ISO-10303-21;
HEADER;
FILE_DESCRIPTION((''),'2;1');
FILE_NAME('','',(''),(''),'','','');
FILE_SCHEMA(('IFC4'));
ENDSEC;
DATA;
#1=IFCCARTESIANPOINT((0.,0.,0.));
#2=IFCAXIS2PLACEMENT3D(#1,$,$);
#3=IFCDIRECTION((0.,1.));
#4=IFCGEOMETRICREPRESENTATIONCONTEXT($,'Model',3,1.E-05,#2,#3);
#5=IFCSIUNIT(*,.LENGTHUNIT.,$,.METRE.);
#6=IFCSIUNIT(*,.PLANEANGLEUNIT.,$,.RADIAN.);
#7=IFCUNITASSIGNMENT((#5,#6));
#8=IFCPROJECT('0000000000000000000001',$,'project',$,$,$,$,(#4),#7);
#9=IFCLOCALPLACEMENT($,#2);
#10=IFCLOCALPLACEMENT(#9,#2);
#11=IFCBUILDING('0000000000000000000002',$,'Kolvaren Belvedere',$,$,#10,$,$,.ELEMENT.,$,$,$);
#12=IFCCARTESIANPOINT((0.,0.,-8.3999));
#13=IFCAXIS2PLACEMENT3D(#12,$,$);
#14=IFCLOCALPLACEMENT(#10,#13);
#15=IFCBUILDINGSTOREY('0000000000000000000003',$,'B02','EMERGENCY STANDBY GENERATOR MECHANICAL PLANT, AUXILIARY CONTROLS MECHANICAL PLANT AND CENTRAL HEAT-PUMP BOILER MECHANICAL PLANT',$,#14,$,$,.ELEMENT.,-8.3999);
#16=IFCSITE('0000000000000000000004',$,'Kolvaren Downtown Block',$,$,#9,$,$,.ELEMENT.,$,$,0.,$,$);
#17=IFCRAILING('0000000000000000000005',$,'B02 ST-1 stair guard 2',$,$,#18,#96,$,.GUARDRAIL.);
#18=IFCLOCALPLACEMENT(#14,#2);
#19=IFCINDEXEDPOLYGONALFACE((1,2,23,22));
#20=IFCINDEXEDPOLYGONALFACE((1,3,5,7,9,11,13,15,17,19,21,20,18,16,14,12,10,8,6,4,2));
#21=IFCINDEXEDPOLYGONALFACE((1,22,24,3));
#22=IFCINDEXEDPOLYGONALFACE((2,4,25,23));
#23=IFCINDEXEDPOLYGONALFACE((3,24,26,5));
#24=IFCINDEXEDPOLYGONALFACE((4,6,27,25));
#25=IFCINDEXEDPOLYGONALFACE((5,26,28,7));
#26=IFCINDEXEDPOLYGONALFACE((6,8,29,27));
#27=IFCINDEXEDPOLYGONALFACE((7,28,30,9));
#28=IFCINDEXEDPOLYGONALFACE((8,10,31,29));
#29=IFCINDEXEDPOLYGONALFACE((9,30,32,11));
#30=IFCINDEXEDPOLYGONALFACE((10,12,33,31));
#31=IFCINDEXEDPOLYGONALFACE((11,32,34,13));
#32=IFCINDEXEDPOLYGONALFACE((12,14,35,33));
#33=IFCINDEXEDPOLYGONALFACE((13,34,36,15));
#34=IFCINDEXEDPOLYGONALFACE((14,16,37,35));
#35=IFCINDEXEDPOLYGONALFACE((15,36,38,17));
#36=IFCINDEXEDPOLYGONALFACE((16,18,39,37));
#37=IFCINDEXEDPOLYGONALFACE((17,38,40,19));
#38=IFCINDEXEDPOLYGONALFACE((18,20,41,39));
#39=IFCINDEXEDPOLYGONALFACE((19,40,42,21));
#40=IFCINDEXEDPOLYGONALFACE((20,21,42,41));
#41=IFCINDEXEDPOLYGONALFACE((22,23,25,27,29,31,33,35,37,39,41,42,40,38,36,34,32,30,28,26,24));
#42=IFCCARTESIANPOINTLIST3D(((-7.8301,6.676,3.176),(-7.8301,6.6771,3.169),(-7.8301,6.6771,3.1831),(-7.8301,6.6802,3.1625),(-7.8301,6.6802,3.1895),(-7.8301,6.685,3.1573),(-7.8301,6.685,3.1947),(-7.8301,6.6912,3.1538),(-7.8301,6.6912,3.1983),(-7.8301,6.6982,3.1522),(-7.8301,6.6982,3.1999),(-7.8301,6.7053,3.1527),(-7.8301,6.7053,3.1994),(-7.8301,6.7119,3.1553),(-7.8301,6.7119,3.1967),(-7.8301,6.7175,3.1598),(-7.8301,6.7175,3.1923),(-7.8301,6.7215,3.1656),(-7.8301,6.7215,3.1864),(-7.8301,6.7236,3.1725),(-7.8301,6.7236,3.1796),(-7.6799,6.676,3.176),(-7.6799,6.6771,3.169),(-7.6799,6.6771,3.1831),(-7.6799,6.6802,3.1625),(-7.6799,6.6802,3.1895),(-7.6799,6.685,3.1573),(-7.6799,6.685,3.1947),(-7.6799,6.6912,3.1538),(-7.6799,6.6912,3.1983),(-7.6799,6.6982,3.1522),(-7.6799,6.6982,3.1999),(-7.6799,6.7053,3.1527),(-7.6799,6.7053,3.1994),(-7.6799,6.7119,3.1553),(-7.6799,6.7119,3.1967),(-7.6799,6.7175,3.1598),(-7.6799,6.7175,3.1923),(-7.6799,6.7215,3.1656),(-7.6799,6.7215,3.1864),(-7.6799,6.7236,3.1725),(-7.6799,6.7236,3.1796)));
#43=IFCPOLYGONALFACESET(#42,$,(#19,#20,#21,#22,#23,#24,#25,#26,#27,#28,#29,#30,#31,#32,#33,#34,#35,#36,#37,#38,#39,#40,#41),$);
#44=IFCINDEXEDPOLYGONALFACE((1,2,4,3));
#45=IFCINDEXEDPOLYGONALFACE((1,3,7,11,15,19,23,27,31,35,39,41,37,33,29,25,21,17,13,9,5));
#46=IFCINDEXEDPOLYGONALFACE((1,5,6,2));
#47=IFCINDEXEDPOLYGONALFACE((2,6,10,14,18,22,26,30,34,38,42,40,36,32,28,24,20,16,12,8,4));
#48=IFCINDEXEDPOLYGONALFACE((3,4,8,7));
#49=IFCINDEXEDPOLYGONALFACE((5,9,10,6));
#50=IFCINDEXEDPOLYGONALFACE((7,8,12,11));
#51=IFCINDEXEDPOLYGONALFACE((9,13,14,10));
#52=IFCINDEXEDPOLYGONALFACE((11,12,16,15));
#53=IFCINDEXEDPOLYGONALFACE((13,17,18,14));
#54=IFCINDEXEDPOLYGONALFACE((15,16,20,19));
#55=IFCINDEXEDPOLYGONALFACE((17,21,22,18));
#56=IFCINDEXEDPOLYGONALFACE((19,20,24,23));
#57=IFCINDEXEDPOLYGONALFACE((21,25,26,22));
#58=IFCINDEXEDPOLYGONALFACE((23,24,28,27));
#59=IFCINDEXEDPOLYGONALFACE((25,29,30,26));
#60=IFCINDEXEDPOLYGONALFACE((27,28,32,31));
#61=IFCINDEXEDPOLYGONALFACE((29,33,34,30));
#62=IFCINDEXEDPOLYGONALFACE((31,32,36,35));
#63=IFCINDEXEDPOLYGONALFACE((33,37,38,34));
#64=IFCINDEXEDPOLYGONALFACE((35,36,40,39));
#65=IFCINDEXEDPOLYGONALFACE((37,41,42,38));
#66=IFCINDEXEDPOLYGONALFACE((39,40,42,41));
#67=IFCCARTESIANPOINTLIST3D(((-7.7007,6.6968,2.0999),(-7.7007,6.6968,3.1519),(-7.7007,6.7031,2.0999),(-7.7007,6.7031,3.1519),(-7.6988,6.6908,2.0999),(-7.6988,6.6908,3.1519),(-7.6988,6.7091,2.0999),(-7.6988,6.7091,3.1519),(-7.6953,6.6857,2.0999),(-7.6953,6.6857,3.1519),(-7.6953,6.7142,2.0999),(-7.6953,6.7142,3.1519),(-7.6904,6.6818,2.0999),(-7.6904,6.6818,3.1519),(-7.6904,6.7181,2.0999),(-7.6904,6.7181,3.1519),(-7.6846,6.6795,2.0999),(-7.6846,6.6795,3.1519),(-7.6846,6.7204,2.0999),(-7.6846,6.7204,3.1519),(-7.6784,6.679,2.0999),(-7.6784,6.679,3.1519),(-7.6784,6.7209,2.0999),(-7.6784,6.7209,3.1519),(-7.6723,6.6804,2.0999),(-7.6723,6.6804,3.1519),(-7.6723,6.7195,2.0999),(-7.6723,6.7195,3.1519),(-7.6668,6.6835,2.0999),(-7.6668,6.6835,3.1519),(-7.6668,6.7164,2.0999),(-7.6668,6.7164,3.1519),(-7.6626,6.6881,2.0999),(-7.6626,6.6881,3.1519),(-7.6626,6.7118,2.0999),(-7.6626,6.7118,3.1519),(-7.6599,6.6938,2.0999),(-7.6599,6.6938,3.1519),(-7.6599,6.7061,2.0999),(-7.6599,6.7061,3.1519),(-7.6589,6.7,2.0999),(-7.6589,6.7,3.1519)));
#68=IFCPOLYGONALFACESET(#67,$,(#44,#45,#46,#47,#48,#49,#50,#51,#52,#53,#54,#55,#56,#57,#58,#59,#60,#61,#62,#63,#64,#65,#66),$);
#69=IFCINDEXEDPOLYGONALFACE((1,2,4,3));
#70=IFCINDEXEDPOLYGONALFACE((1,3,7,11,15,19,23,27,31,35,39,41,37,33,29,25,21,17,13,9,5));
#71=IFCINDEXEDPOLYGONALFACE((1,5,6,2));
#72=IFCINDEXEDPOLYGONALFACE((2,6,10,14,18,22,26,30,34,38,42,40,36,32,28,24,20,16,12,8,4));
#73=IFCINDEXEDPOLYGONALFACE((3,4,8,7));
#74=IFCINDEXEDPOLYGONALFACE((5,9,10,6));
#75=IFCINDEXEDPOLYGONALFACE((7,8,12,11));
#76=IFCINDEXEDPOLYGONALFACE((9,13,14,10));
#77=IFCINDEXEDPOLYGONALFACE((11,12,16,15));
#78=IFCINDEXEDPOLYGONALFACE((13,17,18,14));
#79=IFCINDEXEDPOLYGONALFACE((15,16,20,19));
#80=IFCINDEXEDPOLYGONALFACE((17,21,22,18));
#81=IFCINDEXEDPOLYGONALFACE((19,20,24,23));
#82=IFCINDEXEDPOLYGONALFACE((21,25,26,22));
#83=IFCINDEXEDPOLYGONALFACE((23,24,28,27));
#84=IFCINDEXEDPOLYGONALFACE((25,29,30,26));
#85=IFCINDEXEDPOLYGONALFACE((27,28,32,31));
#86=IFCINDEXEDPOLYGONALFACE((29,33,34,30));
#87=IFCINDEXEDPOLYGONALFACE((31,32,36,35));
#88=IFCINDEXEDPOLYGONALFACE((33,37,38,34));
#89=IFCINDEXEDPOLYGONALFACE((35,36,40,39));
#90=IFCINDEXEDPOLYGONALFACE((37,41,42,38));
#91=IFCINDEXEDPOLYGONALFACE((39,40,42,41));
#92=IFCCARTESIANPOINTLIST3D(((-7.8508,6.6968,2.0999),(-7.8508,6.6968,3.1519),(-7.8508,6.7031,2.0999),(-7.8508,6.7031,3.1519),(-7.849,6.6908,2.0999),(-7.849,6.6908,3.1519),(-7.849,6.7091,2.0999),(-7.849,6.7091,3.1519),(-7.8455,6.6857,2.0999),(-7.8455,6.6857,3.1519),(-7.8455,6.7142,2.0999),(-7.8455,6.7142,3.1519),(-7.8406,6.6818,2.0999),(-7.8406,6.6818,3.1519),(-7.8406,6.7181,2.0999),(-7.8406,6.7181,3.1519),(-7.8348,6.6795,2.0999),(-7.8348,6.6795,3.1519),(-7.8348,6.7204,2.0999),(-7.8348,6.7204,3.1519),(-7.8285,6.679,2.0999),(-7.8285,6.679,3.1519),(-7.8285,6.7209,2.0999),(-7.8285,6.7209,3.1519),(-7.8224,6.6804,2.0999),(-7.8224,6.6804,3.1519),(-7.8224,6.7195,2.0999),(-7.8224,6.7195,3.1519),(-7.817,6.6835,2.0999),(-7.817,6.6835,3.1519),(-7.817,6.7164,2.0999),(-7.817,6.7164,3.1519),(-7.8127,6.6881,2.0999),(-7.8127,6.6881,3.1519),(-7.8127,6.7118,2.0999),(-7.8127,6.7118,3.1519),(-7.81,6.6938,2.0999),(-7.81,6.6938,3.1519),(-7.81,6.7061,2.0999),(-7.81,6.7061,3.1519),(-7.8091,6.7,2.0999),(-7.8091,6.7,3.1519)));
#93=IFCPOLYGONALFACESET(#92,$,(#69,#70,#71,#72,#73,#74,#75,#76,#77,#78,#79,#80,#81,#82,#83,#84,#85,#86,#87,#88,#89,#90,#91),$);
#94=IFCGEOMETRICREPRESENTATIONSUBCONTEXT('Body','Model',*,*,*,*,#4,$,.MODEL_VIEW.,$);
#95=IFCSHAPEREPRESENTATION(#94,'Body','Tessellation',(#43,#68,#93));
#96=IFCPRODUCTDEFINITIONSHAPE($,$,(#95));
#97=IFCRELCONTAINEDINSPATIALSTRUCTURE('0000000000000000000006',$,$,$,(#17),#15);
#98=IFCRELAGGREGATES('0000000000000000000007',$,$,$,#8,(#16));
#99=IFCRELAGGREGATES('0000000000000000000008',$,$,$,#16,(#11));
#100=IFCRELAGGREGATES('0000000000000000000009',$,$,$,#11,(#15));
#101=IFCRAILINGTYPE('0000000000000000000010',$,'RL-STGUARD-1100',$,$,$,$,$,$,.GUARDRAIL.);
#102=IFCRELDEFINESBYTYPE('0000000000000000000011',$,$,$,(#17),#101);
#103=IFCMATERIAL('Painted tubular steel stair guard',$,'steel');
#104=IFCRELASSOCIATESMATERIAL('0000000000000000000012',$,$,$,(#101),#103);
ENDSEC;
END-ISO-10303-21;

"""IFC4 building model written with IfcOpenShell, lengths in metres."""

from ifc_helpers import new_model, si_unit, direction, frame, origin, origin_2d, place, context, subcontext, project, spatial, circle, extrude, material, type_object, element, save


model = new_model("IFC4")

# Units and contexts
model_context = context("Model", 3, precision=1e-05, world=origin(), true_north=direction((0.0, 1.0)))
body_context = subcontext(model_context, "Body", "Model", "MODEL_VIEW")
ifc_project = project(units=[si_unit("LENGTHUNIT", "METRE"), si_unit("PLANEANGLEUNIT", "RADIAN")], contexts=[model_context])

# Site, building, storey
site_placement = place(None, origin())
site = spatial("IfcSite", under=ifc_project, at=site_placement, Name="Kolvaren Downtown Block", CompositionType="ELEMENT", RefElevation=0.0)
building_placement = place(site_placement, origin())
building = spatial("IfcBuilding", under=site, at=building_placement, Name="Kolvaren Belvedere", CompositionType="ELEMENT")
storey_placement = place(building_placement, frame((0.0, 0.0, -8.3999)))
storey = spatial("IfcBuildingStorey", under=building, at=storey_placement, Name="B02", Description="EMERGENCY STANDBY GENERATOR MECHANICAL PLANT, AUXILIARY CONTROLS MECHANICAL PLANT AND CENTRAL HEAT-PUMP BOILER MECHANICAL PLANT", CompositionType="ELEMENT", Elevation=-8.3999)

# Railing
ifc_material_1 = material(Name="Painted tubular steel stair guard", Category="steel")
railing_type_1 = type_object("IfcRailingType", Name="RL-STGUARD-1100", PredefinedType="GUARDRAIL", material=ifc_material_1)
railing_1_placement = place(storey_placement, frame((-7.6799, 6.7, 2.0999)))
element("IfcRailing", 1, at=railing_1_placement, inside=storey, type_object=railing_type_1, Name="B02 ST-1 stair guard 2", PredefinedType="GUARDRAIL", context=body_context, shape_type="SweptSolid", body=[
    extrude(circle(Radius=0.0239, at=origin_2d()), frame((0.0, 0.0, 1.0762), z_axis=(-1.0, 0.0, 0.0), x_axis=(0.0, -1.0, 0.0)), (0.0, 0.0, 1.0), 0.1501),
    extrude(circle(Radius=0.021, at=origin_2d()), origin(), (0.0, 0.0, 1.0), 1.052),
    extrude(circle(Radius=0.021, at=origin_2d()), frame((-0.1501, 0.0, 0.0)), (0.0, 0.0, 1.0), 1.052),
])

save(model, "model.ifc")
